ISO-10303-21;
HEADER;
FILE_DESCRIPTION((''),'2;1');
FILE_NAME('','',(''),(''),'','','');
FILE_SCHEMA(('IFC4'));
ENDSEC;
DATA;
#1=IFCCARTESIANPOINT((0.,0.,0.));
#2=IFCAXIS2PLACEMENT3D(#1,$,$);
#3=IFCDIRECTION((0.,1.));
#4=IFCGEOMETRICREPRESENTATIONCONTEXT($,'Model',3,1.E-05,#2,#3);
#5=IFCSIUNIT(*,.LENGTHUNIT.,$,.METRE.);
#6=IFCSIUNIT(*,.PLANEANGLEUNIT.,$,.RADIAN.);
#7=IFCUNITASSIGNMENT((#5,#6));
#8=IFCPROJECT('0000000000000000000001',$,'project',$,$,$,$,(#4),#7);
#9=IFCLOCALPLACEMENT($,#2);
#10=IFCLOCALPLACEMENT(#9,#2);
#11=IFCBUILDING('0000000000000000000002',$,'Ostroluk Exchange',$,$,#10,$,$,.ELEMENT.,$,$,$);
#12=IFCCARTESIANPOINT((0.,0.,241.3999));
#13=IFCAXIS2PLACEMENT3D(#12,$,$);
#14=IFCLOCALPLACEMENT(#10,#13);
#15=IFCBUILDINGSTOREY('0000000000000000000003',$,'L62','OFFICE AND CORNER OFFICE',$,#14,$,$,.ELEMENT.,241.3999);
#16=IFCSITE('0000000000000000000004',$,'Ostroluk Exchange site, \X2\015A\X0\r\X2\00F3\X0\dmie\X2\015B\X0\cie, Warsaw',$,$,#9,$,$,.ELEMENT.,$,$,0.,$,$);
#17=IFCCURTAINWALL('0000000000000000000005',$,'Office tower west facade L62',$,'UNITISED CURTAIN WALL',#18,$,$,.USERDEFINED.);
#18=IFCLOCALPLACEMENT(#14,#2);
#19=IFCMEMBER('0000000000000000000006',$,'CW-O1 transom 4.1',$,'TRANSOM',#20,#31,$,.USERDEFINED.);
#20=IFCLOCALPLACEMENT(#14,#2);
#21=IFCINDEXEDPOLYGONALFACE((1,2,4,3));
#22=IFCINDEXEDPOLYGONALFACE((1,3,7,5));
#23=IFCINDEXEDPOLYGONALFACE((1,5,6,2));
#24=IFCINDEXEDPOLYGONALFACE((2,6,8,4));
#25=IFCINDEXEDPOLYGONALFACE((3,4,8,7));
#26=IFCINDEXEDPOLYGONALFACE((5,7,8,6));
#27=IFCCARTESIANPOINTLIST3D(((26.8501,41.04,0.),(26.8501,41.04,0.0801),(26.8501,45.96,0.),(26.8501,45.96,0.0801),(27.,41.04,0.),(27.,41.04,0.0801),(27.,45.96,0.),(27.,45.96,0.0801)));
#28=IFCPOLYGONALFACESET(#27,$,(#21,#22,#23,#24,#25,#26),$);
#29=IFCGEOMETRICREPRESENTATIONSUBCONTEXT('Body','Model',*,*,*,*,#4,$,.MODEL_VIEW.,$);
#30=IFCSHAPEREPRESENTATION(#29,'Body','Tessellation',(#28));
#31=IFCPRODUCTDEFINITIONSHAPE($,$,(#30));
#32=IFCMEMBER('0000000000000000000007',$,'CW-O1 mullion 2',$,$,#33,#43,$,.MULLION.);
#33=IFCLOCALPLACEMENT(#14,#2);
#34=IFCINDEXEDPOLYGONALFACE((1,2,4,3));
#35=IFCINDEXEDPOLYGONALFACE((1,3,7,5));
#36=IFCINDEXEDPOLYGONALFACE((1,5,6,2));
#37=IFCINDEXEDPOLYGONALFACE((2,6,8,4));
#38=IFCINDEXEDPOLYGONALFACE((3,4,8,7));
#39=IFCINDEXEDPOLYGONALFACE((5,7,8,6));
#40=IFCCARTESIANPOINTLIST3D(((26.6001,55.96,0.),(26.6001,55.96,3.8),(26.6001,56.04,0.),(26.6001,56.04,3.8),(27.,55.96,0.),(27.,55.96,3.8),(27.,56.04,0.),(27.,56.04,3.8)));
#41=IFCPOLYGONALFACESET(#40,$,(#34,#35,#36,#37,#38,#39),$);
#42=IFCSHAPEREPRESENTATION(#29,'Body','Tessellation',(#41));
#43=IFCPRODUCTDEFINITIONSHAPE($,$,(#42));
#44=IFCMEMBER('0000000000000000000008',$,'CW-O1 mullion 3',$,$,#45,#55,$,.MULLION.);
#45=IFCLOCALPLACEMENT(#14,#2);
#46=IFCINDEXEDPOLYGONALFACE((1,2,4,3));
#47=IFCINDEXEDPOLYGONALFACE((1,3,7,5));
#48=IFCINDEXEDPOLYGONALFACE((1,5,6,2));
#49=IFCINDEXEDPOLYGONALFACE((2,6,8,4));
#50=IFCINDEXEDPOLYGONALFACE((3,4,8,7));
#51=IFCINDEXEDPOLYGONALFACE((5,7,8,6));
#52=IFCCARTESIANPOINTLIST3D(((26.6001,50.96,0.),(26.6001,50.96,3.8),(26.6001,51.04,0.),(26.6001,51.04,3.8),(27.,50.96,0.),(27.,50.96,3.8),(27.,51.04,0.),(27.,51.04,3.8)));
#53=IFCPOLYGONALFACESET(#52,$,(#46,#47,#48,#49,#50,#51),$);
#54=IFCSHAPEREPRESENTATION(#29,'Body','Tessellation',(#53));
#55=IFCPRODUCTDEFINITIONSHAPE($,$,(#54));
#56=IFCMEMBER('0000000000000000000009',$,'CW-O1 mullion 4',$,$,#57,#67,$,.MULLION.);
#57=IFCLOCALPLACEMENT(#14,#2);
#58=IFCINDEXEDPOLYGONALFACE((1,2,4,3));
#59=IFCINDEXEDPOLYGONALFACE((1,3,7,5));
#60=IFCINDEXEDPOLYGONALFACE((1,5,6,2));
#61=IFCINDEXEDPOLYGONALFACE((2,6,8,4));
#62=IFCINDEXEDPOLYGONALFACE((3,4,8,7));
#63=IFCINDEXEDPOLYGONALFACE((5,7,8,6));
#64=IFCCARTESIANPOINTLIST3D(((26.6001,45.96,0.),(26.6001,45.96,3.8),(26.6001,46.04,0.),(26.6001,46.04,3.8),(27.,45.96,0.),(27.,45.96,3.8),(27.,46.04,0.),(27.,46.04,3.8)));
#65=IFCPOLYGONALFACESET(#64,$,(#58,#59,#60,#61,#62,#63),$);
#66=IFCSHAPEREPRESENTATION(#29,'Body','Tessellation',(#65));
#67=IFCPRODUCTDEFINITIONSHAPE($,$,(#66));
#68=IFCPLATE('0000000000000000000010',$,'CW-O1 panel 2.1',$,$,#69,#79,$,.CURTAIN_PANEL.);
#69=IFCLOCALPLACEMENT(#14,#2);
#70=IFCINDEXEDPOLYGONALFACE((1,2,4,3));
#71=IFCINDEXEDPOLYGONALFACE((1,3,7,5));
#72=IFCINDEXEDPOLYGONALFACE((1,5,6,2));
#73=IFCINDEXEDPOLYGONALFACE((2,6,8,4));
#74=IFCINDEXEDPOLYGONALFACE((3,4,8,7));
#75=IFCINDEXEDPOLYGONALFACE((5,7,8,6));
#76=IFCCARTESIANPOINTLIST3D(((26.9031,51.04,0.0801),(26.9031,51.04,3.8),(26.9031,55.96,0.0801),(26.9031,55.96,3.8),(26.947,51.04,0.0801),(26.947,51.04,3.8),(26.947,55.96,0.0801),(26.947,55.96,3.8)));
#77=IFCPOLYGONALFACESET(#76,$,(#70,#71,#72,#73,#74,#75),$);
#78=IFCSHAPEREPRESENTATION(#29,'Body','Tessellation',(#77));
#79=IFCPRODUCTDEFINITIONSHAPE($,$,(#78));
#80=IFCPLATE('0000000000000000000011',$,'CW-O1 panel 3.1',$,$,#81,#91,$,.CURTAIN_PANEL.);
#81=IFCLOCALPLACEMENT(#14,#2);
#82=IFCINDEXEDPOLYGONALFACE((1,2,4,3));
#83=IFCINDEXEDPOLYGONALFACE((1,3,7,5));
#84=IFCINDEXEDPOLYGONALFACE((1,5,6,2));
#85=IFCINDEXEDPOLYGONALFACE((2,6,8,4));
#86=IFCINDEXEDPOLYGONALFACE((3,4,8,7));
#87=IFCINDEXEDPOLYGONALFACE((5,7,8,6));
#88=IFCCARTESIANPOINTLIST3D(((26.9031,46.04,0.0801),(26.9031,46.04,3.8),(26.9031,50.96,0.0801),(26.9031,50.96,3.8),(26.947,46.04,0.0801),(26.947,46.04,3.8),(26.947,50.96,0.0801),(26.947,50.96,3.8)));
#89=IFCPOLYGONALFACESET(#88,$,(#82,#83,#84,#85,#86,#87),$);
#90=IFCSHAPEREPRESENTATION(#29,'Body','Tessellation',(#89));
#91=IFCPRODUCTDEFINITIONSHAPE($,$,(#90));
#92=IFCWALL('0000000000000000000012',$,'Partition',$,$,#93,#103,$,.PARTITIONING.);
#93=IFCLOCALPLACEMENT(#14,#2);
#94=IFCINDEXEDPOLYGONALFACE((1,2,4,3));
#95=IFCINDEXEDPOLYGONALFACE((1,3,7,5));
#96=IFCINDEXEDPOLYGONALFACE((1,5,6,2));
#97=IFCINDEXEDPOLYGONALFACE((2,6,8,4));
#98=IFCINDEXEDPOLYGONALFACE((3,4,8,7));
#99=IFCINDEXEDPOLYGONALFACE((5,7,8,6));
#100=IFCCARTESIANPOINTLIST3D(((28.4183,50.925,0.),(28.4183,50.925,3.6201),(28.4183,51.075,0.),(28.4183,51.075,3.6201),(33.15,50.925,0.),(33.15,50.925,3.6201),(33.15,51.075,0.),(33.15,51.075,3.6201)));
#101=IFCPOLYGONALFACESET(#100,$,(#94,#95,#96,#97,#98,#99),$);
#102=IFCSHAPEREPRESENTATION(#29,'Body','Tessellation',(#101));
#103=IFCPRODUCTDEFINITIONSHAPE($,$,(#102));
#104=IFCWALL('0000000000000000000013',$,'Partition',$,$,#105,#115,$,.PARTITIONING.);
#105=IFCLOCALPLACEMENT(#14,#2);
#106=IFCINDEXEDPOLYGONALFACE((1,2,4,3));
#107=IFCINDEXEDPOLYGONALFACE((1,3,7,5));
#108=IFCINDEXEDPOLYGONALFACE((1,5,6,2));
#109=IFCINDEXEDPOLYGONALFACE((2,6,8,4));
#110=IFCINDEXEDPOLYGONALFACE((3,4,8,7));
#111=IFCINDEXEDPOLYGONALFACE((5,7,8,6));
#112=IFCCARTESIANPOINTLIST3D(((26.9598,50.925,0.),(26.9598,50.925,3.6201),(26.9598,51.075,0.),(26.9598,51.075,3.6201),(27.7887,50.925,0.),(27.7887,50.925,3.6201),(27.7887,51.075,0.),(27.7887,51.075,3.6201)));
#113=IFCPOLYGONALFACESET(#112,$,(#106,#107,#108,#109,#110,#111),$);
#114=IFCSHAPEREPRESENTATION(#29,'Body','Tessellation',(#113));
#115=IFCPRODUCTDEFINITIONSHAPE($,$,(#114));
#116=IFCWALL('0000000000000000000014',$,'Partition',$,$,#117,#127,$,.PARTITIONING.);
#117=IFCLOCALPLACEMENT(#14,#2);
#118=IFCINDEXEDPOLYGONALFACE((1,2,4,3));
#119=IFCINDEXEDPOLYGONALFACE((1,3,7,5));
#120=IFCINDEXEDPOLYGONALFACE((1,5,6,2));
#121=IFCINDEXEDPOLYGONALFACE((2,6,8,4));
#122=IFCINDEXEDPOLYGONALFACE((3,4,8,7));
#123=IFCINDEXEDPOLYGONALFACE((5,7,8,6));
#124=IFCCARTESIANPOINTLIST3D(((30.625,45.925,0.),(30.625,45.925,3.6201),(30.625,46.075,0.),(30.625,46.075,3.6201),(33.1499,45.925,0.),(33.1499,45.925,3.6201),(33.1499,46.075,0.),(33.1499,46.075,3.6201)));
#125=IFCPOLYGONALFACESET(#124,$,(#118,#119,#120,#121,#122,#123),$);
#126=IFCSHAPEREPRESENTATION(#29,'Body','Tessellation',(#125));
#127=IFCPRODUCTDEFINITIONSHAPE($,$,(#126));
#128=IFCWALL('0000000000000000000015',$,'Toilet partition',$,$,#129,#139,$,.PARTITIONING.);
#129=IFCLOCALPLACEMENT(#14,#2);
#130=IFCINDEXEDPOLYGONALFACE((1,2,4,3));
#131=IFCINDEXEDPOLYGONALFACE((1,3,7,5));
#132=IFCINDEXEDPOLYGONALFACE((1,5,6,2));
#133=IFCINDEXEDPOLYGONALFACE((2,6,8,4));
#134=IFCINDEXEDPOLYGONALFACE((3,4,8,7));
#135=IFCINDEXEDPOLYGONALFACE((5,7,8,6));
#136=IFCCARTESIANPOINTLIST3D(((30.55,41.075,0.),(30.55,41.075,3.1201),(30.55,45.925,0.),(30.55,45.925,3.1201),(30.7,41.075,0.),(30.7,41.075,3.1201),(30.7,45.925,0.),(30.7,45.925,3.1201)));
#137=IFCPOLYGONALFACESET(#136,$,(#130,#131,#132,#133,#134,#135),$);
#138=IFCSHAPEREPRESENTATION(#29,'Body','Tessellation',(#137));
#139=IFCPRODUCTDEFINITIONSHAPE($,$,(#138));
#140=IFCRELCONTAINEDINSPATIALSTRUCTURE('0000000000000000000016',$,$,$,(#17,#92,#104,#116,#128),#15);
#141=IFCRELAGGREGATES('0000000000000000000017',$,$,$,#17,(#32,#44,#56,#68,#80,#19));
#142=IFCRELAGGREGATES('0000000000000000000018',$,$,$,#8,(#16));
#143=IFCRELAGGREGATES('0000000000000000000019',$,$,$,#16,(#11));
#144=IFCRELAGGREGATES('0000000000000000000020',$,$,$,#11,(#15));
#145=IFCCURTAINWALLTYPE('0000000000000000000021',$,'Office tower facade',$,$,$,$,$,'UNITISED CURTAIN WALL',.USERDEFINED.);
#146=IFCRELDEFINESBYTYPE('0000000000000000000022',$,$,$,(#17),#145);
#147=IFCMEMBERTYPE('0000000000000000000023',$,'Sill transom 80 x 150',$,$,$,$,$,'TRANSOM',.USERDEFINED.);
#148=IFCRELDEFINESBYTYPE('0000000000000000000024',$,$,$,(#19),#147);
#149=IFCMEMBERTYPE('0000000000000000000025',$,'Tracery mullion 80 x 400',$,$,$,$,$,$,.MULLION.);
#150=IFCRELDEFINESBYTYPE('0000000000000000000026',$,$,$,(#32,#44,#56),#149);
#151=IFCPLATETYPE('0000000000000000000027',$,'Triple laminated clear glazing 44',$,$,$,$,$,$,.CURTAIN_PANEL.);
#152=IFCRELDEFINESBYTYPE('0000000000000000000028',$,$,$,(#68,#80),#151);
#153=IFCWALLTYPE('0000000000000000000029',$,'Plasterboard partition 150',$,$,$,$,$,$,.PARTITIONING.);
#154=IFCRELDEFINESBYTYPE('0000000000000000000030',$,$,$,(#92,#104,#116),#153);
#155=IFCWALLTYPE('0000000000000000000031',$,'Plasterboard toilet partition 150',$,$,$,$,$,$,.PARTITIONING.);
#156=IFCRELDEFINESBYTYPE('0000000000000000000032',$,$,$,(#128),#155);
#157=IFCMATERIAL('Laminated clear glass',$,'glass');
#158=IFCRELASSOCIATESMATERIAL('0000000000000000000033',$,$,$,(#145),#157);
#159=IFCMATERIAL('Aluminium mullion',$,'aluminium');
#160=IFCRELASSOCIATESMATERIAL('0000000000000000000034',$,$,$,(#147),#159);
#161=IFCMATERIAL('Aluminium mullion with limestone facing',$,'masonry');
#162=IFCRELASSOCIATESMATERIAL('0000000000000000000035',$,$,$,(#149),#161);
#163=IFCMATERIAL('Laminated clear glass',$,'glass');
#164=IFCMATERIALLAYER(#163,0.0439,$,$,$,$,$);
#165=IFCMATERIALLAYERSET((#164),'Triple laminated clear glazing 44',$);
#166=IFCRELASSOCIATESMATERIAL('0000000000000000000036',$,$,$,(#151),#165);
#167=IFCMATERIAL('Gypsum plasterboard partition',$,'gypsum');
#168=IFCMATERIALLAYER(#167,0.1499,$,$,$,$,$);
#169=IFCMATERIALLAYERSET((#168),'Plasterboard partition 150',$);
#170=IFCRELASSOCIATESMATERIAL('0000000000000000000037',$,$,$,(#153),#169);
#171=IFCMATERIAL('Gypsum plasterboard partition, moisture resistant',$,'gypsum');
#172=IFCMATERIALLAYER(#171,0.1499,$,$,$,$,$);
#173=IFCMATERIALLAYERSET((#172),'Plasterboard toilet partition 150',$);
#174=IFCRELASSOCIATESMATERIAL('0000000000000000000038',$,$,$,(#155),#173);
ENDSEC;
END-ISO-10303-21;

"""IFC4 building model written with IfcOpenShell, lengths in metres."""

from ifc_helpers import new_model, si_unit, direction, frame, frame_2d, origin, origin_2d, place, context, subcontext, project, spatial, rectangle, extrude, material, layer, layer_set, material_profile, profile_set, type_object, element, aggregate, save


model = new_model("IFC4")

# Units and contexts
model_context = context("Model", 3, precision=1e-05, world=origin(), true_north=direction((0.0, 1.0)))
body_context = subcontext(model_context, "Body", "Model", "MODEL_VIEW")
ifc_project = project(units=[si_unit("LENGTHUNIT", "METRE"), si_unit("PLANEANGLEUNIT", "RADIAN")], contexts=[model_context])

# Site, building, storey
site_placement = place(None, origin())
site = spatial("IfcSite", under=ifc_project, at=site_placement, Name="Ostroluk Exchange site, Śródmieście, Warsaw", CompositionType="ELEMENT", RefElevation=0.0)
building_placement = place(site_placement, origin())
building = spatial("IfcBuilding", under=site, at=building_placement, Name="Ostroluk Exchange", CompositionType="ELEMENT")
storey_placement = place(building_placement, frame((0.0, 0.0, 241.3999)))
storey = spatial("IfcBuildingStorey", under=building, at=storey_placement, Name="L62", Description="OFFICE AND CORNER OFFICE", CompositionType="ELEMENT", Elevation=241.3999)

# Curtain wall, members, plates
ifc_material_1 = material(Name="Laminated clear glass", Category="glass")
curtain_wall_type = type_object("IfcCurtainWallType", Name="Office tower facade", ElementType="UNITISED CURTAIN WALL", PredefinedType="USERDEFINED", material=ifc_material_1)
curtain_wall_placement = place(storey_placement, origin())
curtain_wall = element("IfcCurtainWall", 1, at=curtain_wall_placement, inside=storey, type_object=curtain_wall_type, Name="Office tower west facade L62", ObjectType="UNITISED CURTAIN WALL", PredefinedType="USERDEFINED")
ifc_material_2 = material(Name="Aluminium mullion", Category="aluminium")
ifc_material_profile_1 = material_profile(ifc_material_2, rectangle(XDim=0.1499, YDim=0.0801, at=origin_2d()), Name="Sill transom 80 x 150")
ifc_profile_set_1 = profile_set([ifc_material_profile_1], Name="Aluminium mullion")
member_type_1 = type_object("IfcMemberType", Name="Sill transom 80 x 150", ElementType="TRANSOM", PredefinedType="USERDEFINED", material=ifc_profile_set_1)
member_1_placement = place(storey_placement, frame((26.925, 45.96, 0.04), z_axis=(0.0, -1.0, 0.0), x_axis=(1.0, 0.0, 0.0)))
member_1 = element("IfcMember", 2, at=member_1_placement, type_object=member_type_1, Name="CW-O1 transom 4.1", ObjectType="TRANSOM", PredefinedType="USERDEFINED", context=body_context, shape_type="SweptSolid", body=[
    extrude(rectangle(XDim=0.1499, YDim=0.0801, at=origin_2d()), origin(), (0.0, 0.0, 1.0), 4.9199),
])
ifc_material_3 = material(Name="Aluminium mullion with limestone facing", Category="masonry")
ifc_material_profile_2 = material_profile(ifc_material_3, rectangle(XDim=0.3999, YDim=0.0801, at=origin_2d()), Name="Tracery mullion 80 x 400")
ifc_profile_set_2 = profile_set([ifc_material_profile_2], Name="Aluminium mullion with limestone facing")
member_type_2 = type_object("IfcMemberType", Name="Tracery mullion 80 x 400", PredefinedType="MULLION", material=ifc_profile_set_2)
member_2_placement = place(storey_placement, frame((26.8, 56.0, 0.0), z_axis=(0.0, 0.0, 1.0), x_axis=(1.0, 0.0, 0.0)))
member_2 = element("IfcMember", 3, at=member_2_placement, type_object=member_type_2, Name="CW-O1 mullion 2", PredefinedType="MULLION", context=body_context, shape_type="SweptSolid", body=[
    extrude(rectangle(XDim=0.3999, YDim=0.0801, at=origin_2d()), origin(), (0.0, 0.0, 1.0), 3.8),
])
member_3_placement = place(storey_placement, frame((26.8, 51.0, 0.0), z_axis=(0.0, 0.0, 1.0), x_axis=(1.0, 0.0, 0.0)))
member_3 = element("IfcMember", 4, at=member_3_placement, type_object=member_type_2, Name="CW-O1 mullion 3", PredefinedType="MULLION", context=body_context, shape_type="SweptSolid", body=[
    extrude(rectangle(XDim=0.3999, YDim=0.0801, at=origin_2d()), origin(), (0.0, 0.0, 1.0), 3.8),
])
member_4_placement = place(storey_placement, frame((26.8, 46.0, 0.0), z_axis=(0.0, 0.0, 1.0), x_axis=(1.0, 0.0, 0.0)))
member_4 = element("IfcMember", 5, at=member_4_placement, type_object=member_type_2, Name="CW-O1 mullion 4", PredefinedType="MULLION", context=body_context, shape_type="SweptSolid", body=[
    extrude(rectangle(XDim=0.3999, YDim=0.0801, at=origin_2d()), origin(), (0.0, 0.0, 1.0), 3.8),
])
ifc_material_4 = material(Name="Laminated clear glass", Category="glass")
ifc_layer_1 = layer(ifc_material_4, 0.0439)
ifc_layer_set_1 = layer_set([ifc_layer_1], Name="Triple laminated clear glazing 44")
plate_type = type_object("IfcPlateType", Name="Triple laminated clear glazing 44", PredefinedType="CURTAIN_PANEL", material=ifc_layer_set_1)
plate_1_placement = place(storey_placement, frame((26.925, 53.5, 0.0801), z_axis=(0.0, 0.0, 1.0), x_axis=(0.0, -1.0, 0.0)))
plate_1 = element("IfcPlate", 6, at=plate_1_placement, type_object=plate_type, Name="CW-O1 panel 2.1", PredefinedType="CURTAIN_PANEL", context=body_context, shape_type="SweptSolid", body=[
    extrude(rectangle(XDim=4.9199, YDim=0.0439, at=origin_2d()), origin(), (0.0, 0.0, 1.0), 3.72),
])
plate_2_placement = place(storey_placement, frame((26.925, 48.5, 0.0801), z_axis=(0.0, 0.0, 1.0), x_axis=(0.0, -1.0, 0.0)))
plate_2 = element("IfcPlate", 7, at=plate_2_placement, type_object=plate_type, Name="CW-O1 panel 3.1", PredefinedType="CURTAIN_PANEL", context=body_context, shape_type="SweptSolid", body=[
    extrude(rectangle(XDim=4.9199, YDim=0.0439, at=origin_2d()), origin(), (0.0, 0.0, 1.0), 3.72),
])
aggregate(curtain_wall, [member_2, member_3, member_4, plate_1, plate_2, member_1])

# Walls
ifc_material_5 = material(Name="Gypsum plasterboard partition", Category="gypsum")
ifc_layer_2 = layer(ifc_material_5, 0.1499)
ifc_layer_set_2 = layer_set([ifc_layer_2], Name="Plasterboard partition 150")
wall_type_1 = type_object("IfcWallType", Name="Plasterboard partition 150", PredefinedType="PARTITIONING", material=ifc_layer_set_2)
wall_1_placement = place(storey_placement, frame((33.1499, 51.0, 0.0), z_axis=(0.0, 0.0, 1.0), x_axis=(-1.0, 0.0, 0.0)))
element("IfcWall", 8, at=wall_1_placement, inside=storey, type_object=wall_type_1, Name="Partition", PredefinedType="PARTITIONING", context=body_context, shape_type="SweptSolid", body=[
    extrude(rectangle(XDim=4.7317, YDim=0.1499, at=frame_2d((2.3657, 0.0))), origin(), (0.0, 0.0, 1.0), 3.6201),
])
wall_2_placement = place(storey_placement, frame((27.7888, 51.0, 0.0), z_axis=(0.0, 0.0, 1.0), x_axis=(-1.0, 0.0, 0.0)))
element("IfcWall", 9, at=wall_2_placement, inside=storey, type_object=wall_type_1, Name="Partition", PredefinedType="PARTITIONING", context=body_context, shape_type="SweptSolid", body=[
    extrude(rectangle(XDim=0.8289, YDim=0.1499, at=frame_2d((0.4146, 0.0))), origin(), (0.0, 0.0, 1.0), 3.6201),
])
wall_3_placement = place(storey_placement, frame((33.1499, 46.0, 0.0), z_axis=(0.0, 0.0, 1.0), x_axis=(-1.0, 0.0, 0.0)))
element("IfcWall", 10, at=wall_3_placement, inside=storey, type_object=wall_type_1, Name="Partition", PredefinedType="PARTITIONING", context=body_context, shape_type="SweptSolid", body=[
    extrude(rectangle(XDim=2.5249, YDim=0.1499, at=frame_2d((1.2625, 0.0))), origin(), (0.0, 0.0, 1.0), 3.6201),
])
ifc_material_6 = material(Name="Gypsum plasterboard partition, moisture resistant", Category="gypsum")
ifc_layer_3 = layer(ifc_material_6, 0.1499)
ifc_layer_set_3 = layer_set([ifc_layer_3], Name="Plasterboard toilet partition 150")
wall_type_2 = type_object("IfcWallType", Name="Plasterboard toilet partition 150", PredefinedType="PARTITIONING", material=ifc_layer_set_3)
wall_4_placement = place(storey_placement, frame((30.625, 45.925, 0.0), z_axis=(0.0, 0.0, 1.0), x_axis=(0.0, -1.0, 0.0)))
element("IfcWall", 11, at=wall_4_placement, inside=storey, type_object=wall_type_2, Name="Toilet partition", PredefinedType="PARTITIONING", context=body_context, shape_type="SweptSolid", body=[
    extrude(rectangle(XDim=4.8501, YDim=0.1499, at=frame_2d((2.425, 0.0))), origin(), (0.0, 0.0, 1.0), 3.1201),
])

save(model, "model.ifc")
